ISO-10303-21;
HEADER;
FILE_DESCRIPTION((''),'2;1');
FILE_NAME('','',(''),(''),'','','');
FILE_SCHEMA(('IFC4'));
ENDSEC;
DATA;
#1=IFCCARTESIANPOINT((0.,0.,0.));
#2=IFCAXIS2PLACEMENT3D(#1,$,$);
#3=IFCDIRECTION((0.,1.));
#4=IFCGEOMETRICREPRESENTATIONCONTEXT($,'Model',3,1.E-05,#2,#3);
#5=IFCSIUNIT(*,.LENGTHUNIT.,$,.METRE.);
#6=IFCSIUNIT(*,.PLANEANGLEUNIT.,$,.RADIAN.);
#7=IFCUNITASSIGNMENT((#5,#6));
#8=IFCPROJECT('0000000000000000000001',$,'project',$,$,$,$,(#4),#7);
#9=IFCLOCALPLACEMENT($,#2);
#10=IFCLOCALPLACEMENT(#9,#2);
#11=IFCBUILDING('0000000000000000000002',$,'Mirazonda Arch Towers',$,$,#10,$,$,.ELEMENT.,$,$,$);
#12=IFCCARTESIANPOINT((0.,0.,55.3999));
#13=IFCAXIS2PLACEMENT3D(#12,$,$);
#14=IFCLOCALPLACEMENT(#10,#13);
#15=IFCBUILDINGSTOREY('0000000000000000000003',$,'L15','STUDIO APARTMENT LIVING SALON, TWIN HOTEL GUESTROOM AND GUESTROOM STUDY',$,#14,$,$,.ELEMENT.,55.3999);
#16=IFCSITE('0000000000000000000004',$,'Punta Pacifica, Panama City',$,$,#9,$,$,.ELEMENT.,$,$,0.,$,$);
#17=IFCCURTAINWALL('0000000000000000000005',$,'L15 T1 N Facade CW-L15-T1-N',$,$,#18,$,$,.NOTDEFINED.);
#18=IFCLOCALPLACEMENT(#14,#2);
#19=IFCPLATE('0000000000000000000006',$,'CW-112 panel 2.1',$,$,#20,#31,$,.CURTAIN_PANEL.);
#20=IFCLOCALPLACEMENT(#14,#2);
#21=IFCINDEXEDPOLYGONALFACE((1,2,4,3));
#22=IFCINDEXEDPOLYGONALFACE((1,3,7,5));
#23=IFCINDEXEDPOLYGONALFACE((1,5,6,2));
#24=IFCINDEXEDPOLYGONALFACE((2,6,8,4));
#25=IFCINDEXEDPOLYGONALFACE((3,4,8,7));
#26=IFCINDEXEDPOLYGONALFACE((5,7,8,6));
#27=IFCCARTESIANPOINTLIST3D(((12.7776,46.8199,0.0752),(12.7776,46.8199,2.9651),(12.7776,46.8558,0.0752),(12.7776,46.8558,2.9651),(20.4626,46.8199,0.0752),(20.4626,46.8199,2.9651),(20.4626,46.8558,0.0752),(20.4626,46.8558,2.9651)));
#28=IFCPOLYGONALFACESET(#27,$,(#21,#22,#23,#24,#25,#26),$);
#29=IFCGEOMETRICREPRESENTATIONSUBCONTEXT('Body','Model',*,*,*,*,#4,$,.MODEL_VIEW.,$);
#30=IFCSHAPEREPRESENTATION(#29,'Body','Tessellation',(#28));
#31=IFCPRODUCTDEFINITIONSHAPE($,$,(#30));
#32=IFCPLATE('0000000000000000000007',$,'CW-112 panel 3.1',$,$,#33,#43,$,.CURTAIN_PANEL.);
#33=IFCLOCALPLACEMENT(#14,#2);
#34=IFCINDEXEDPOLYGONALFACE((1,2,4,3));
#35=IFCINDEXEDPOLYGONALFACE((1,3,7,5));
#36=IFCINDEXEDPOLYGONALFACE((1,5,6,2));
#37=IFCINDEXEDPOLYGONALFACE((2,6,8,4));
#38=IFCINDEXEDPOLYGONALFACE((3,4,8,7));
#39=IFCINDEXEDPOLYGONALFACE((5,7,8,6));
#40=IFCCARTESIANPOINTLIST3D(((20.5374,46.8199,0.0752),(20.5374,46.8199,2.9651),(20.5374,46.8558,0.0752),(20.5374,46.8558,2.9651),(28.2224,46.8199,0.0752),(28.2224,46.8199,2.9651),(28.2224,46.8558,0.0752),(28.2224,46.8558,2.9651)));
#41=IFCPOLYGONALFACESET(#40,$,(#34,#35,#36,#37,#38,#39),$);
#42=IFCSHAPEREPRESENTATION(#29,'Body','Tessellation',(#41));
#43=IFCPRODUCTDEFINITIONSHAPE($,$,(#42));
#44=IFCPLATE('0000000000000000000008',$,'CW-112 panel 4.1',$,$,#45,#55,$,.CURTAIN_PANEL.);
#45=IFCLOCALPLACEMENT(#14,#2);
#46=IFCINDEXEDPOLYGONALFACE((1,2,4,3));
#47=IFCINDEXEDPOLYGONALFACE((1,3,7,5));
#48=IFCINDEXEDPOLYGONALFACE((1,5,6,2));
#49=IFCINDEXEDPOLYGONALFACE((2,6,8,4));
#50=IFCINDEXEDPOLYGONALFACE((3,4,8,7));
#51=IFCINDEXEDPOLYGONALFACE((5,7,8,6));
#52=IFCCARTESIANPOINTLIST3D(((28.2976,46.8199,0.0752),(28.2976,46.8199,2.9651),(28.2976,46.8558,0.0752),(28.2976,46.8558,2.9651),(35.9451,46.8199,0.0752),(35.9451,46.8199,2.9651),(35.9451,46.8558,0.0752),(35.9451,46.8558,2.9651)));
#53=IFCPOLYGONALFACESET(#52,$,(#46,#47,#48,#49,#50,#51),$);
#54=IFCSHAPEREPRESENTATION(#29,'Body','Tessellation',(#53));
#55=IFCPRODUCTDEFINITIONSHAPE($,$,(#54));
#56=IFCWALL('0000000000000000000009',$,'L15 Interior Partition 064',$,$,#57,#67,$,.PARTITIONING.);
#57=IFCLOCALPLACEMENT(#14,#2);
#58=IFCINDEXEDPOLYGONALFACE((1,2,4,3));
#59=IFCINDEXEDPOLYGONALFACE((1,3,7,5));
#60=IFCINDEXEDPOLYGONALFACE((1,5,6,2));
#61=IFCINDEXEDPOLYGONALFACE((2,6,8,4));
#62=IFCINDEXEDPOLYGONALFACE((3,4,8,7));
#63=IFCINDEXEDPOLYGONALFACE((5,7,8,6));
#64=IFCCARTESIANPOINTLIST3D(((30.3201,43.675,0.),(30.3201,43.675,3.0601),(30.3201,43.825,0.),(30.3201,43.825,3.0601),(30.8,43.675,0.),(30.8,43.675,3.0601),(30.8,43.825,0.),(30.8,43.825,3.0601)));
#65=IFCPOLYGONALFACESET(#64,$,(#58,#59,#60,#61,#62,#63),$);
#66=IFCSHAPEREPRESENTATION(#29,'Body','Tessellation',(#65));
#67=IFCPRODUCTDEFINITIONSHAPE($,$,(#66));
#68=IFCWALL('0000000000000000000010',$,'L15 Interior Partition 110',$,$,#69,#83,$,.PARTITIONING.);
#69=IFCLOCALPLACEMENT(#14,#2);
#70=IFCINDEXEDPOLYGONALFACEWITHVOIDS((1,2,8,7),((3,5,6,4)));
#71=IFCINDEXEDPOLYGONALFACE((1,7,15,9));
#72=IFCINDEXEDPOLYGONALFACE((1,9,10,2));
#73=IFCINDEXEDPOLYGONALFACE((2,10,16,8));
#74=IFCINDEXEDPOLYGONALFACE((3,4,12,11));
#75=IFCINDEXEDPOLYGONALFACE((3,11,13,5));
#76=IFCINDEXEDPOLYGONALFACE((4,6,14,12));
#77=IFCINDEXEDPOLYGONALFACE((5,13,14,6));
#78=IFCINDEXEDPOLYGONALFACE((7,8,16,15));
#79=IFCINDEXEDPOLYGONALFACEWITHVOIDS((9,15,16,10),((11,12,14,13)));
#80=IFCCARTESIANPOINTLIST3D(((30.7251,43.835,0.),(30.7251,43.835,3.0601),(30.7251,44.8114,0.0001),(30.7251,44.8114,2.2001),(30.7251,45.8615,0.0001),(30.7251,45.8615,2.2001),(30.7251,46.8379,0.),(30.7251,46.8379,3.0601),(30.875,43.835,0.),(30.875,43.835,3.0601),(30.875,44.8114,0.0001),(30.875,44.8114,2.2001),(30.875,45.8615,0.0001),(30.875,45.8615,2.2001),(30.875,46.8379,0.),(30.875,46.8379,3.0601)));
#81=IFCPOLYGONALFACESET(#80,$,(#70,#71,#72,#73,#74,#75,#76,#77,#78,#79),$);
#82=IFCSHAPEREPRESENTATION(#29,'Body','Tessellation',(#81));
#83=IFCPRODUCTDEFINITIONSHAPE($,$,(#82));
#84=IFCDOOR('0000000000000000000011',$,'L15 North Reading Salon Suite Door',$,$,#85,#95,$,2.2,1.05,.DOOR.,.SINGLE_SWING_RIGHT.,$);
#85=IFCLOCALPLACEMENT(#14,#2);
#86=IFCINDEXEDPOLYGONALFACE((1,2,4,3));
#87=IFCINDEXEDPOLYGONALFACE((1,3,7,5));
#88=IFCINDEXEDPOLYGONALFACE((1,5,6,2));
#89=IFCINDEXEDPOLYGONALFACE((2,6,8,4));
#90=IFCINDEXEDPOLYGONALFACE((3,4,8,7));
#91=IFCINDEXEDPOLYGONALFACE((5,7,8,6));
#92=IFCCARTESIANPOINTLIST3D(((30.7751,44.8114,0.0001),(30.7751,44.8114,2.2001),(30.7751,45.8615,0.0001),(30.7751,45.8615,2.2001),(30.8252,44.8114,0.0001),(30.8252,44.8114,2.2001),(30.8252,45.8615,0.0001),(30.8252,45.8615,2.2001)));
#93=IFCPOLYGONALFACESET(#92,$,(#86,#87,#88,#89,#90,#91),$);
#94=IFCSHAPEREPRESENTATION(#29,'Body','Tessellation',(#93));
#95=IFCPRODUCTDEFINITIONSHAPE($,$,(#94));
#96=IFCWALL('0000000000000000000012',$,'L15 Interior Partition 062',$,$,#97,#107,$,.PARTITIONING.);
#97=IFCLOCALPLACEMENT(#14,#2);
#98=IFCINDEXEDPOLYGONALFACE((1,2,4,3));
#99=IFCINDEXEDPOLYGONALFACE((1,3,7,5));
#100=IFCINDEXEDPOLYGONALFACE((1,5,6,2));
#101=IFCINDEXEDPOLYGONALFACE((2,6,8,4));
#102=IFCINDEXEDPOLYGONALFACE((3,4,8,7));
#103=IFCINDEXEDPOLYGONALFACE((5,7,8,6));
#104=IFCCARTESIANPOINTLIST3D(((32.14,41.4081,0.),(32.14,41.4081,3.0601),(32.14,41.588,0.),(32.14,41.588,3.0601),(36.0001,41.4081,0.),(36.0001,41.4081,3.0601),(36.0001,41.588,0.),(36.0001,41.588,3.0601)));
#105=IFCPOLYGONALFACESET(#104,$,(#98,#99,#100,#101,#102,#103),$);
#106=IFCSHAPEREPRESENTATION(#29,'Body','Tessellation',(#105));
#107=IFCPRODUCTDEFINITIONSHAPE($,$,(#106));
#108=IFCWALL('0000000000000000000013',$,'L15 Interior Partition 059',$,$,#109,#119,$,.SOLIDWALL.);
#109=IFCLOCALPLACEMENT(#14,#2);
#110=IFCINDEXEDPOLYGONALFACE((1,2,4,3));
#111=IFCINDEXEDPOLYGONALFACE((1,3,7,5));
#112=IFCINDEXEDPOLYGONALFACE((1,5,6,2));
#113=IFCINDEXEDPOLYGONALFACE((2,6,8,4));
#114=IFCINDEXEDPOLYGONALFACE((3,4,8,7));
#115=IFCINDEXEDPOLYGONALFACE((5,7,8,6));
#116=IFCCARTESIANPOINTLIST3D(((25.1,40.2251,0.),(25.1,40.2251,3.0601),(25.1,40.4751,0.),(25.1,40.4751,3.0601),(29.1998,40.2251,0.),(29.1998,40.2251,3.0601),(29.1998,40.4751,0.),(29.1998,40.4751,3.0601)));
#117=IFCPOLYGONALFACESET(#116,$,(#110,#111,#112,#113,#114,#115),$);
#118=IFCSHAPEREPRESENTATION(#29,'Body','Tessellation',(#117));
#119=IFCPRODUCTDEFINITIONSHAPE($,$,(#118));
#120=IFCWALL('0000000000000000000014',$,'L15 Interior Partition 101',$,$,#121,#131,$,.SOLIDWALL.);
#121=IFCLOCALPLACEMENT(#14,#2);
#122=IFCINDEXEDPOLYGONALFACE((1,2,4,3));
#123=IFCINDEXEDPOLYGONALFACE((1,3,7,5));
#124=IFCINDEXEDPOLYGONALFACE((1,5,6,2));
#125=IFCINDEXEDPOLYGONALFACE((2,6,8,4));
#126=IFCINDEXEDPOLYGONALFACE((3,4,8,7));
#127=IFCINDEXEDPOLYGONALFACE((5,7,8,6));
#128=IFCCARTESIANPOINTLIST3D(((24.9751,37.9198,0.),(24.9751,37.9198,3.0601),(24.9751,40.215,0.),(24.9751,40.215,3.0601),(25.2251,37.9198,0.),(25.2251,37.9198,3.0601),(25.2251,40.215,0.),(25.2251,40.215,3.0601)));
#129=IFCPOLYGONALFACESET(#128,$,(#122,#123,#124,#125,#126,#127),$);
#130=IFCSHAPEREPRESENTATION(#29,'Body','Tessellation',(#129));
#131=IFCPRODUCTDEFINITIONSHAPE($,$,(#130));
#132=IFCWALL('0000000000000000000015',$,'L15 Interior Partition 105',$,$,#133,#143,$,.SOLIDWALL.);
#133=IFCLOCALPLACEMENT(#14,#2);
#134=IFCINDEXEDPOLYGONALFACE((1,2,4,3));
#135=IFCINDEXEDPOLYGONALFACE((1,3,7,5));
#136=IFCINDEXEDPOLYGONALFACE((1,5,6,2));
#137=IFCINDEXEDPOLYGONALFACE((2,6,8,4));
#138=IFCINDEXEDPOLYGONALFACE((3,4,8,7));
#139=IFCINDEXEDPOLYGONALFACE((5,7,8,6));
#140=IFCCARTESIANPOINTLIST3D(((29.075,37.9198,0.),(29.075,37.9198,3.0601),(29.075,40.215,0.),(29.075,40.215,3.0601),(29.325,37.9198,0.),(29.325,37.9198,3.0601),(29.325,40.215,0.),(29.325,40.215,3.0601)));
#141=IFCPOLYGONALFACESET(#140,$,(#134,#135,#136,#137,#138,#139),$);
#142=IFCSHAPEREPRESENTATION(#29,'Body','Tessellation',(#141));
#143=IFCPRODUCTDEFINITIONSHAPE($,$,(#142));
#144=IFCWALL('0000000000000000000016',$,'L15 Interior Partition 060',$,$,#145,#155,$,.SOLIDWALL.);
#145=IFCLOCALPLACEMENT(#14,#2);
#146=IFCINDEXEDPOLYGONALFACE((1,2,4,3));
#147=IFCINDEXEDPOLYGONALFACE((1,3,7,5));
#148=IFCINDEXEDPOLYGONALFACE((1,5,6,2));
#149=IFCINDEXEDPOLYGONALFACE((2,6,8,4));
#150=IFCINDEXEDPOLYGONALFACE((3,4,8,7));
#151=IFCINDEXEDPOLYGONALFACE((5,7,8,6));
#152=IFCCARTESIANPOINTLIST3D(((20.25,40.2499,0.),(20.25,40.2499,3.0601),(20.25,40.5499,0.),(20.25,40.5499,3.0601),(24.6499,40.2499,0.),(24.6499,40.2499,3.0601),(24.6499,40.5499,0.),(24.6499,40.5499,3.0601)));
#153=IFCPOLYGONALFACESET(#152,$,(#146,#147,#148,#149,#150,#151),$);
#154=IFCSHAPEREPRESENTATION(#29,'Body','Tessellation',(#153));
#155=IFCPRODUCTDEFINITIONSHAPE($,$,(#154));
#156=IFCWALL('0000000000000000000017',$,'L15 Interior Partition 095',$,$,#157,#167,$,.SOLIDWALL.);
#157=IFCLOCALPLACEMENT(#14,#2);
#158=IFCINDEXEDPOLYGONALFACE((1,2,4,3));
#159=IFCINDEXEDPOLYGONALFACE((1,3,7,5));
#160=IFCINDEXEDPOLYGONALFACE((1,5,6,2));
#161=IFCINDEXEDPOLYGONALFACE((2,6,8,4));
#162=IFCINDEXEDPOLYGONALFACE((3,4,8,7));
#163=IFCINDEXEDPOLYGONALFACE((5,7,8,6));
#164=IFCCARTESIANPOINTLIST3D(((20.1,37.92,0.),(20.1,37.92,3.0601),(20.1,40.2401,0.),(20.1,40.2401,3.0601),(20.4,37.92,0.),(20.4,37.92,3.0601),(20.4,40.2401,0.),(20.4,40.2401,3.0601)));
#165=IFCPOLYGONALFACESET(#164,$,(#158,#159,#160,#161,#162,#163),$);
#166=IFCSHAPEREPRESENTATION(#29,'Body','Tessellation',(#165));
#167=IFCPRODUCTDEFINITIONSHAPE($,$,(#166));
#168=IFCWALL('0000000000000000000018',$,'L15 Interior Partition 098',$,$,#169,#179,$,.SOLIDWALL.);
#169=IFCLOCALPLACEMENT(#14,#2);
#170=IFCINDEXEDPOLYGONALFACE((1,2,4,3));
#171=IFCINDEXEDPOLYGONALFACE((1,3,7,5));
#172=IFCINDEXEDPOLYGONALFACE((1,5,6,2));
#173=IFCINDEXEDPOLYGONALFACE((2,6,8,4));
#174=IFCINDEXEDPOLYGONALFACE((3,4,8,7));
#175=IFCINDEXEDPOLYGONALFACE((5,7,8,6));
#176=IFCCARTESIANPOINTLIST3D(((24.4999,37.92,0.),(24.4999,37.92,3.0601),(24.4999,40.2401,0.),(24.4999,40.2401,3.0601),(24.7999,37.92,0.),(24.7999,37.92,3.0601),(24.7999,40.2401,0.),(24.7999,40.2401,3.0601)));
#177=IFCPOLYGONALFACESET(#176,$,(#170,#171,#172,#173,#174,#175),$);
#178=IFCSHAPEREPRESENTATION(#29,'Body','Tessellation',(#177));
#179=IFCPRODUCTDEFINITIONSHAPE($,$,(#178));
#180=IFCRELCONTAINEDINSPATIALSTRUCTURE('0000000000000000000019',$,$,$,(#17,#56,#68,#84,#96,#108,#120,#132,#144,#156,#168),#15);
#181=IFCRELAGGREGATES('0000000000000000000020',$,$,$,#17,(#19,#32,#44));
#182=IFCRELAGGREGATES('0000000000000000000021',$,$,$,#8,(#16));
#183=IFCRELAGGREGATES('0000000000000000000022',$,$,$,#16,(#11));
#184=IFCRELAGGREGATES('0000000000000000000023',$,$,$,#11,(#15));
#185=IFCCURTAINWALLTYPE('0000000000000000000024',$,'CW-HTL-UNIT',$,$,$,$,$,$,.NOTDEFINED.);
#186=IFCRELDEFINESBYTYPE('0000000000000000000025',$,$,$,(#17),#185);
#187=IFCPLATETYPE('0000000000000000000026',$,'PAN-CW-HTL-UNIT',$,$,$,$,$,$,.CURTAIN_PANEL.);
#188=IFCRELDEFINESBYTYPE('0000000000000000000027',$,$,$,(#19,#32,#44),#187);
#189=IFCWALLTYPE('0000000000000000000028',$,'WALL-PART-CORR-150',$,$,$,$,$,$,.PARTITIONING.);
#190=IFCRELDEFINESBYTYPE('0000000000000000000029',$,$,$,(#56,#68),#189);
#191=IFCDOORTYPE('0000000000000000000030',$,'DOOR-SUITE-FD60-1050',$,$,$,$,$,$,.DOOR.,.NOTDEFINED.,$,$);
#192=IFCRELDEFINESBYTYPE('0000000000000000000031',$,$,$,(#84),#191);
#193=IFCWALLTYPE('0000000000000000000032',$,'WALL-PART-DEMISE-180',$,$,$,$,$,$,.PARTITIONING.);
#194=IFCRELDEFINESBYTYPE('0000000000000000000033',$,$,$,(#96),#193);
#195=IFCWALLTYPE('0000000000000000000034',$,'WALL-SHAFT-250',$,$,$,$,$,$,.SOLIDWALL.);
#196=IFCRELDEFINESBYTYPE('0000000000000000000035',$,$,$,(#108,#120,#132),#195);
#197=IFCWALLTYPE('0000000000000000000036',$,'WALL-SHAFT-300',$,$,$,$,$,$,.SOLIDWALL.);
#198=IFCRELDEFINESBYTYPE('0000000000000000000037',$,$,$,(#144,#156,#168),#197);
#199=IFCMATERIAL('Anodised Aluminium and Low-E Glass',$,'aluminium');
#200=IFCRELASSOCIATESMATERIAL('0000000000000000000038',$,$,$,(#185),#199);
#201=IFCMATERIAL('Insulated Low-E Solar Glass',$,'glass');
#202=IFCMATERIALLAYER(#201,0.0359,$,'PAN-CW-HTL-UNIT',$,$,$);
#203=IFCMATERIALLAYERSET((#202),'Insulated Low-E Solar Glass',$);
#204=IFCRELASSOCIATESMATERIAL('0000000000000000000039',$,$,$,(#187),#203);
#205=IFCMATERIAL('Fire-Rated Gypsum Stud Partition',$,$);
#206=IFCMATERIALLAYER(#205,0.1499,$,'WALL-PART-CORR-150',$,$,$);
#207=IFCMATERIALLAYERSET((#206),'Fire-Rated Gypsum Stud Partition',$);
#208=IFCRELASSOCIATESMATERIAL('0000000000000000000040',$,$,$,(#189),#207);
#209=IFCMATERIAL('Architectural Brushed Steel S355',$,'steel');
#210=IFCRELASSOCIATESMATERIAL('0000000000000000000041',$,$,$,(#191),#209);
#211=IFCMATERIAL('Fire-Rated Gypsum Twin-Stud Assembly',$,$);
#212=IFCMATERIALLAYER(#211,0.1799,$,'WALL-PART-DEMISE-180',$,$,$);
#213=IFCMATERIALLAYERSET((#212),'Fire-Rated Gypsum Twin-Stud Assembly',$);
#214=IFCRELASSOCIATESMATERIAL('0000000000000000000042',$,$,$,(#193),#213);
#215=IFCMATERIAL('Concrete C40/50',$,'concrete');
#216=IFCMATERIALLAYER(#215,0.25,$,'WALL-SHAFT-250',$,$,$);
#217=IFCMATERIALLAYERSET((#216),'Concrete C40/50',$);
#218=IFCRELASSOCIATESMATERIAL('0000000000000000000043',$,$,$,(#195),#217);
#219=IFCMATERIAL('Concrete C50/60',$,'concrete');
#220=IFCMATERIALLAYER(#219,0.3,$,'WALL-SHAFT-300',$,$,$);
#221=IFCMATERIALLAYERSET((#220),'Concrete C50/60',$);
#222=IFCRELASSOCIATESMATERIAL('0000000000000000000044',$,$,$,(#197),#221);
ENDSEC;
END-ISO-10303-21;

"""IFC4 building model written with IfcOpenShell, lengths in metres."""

from ifc_helpers import new_model, si_unit, direction, frame, frame_2d, origin, origin_2d, place, context, subcontext, project, spatial, rectangle, extrude, material, layer, layer_set, type_object, element, fill, aggregate, save


model = new_model("IFC4")

# Units and contexts
model_context = context("Model", 3, precision=1e-05, world=origin(), true_north=direction((0.0, 1.0)))
body_context = subcontext(model_context, "Body", "Model", "MODEL_VIEW")
ifc_project = project(units=[si_unit("LENGTHUNIT", "METRE"), si_unit("PLANEANGLEUNIT", "RADIAN")], contexts=[model_context])

# Site, building, storey
site_placement = place(None, origin())
site = spatial("IfcSite", under=ifc_project, at=site_placement, Name="Punta Pacifica, Panama City", CompositionType="ELEMENT", RefElevation=0.0)
building_placement = place(site_placement, origin())
building = spatial("IfcBuilding", under=site, at=building_placement, Name="Mirazonda Arch Towers", CompositionType="ELEMENT")
storey_placement = place(building_placement, frame((0.0, 0.0, 55.3999)))
storey = spatial("IfcBuildingStorey", under=building, at=storey_placement, Name="L15", Description="STUDIO APARTMENT LIVING SALON, TWIN HOTEL GUESTROOM AND GUESTROOM STUDY", CompositionType="ELEMENT", Elevation=55.3999)

# Curtain wall, plates
ifc_material_1 = material(Name="Anodised Aluminium and Low-E Glass", Category="aluminium")
curtain_wall_type = type_object("IfcCurtainWallType", Name="CW-HTL-UNIT", PredefinedType="NOTDEFINED", material=ifc_material_1)
curtain_wall_placement = place(storey_placement, origin())
curtain_wall = element("IfcCurtainWall", 1, at=curtain_wall_placement, inside=storey, type_object=curtain_wall_type, Name="L15 T1 N Facade CW-L15-T1-N", PredefinedType="NOTDEFINED")
ifc_material_2 = material(Name="Insulated Low-E Solar Glass", Category="glass")
ifc_layer_1 = layer(ifc_material_2, 0.0359, Name="PAN-CW-HTL-UNIT")
ifc_layer_set_1 = layer_set([ifc_layer_1], Name="Insulated Low-E Solar Glass")
plate_type = type_object("IfcPlateType", Name="PAN-CW-HTL-UNIT", PredefinedType="CURTAIN_PANEL", material=ifc_layer_set_1)
plate_1_placement = place(storey_placement, frame((16.6201, 46.8379, 0.0752), z_axis=(0.0, 0.0, 1.0), x_axis=(1.0, 0.0, 0.0)))
plate_1 = element("IfcPlate", 2, at=plate_1_placement, type_object=plate_type, Name="CW-112 panel 2.1", PredefinedType="CURTAIN_PANEL", context=body_context, shape_type="SweptSolid", body=[
    extrude(rectangle(XDim=7.6851, YDim=0.0359, at=origin_2d()), origin(), (0.0, 0.0, 1.0), 2.8899),
])
plate_2_placement = place(storey_placement, frame((24.3799, 46.8379, 0.0752), z_axis=(0.0, 0.0, 1.0), x_axis=(1.0, 0.0, 0.0)))
plate_2 = element("IfcPlate", 3, at=plate_2_placement, type_object=plate_type, Name="CW-112 panel 3.1", PredefinedType="CURTAIN_PANEL", context=body_context, shape_type="SweptSolid", body=[
    extrude(rectangle(XDim=7.6851, YDim=0.0359, at=origin_2d()), origin(), (0.0, 0.0, 1.0), 2.8899),
])
plate_3_placement = place(storey_placement, frame((32.1213, 46.8379, 0.0752), z_axis=(0.0, 0.0, 1.0), x_axis=(1.0, 0.0, 0.0)))
plate_3 = element("IfcPlate", 4, at=plate_3_placement, type_object=plate_type, Name="CW-112 panel 4.1", PredefinedType="CURTAIN_PANEL", context=body_context, shape_type="SweptSolid", body=[
    extrude(rectangle(XDim=7.6475, YDim=0.0359, at=origin_2d()), origin(), (0.0, 0.0, 1.0), 2.8899),
])
aggregate(curtain_wall, [plate_1, plate_2, plate_3])

# Wall
ifc_material_3 = material(Name="Fire-Rated Gypsum Stud Partition")
ifc_layer_2 = layer(ifc_material_3, 0.1499, Name="WALL-PART-CORR-150")
ifc_layer_set_2 = layer_set([ifc_layer_2], Name="Fire-Rated Gypsum Stud Partition")
wall_type_1 = type_object("IfcWallType", Name="WALL-PART-CORR-150", PredefinedType="PARTITIONING", material=ifc_layer_set_2)
wall_1_placement = place(storey_placement, frame((30.3201, 43.75, 0.0), z_axis=(0.0, 0.0, 1.0), x_axis=(1.0, 0.0, 0.0)))
element("IfcWall", 5, at=wall_1_placement, inside=storey, type_object=wall_type_1, Name="L15 Interior Partition 064", PredefinedType="PARTITIONING", context=body_context, shape_type="SweptSolid", body=[
    extrude(rectangle(XDim=0.48, YDim=0.1499, at=frame_2d((0.24, 0.0))), origin(), (0.0, 0.0, 1.0), 3.0601),
])

# Wall, opening, door
wall_2_placement = place(storey_placement, frame((30.8, 43.835, 0.0), z_axis=(0.0, 0.0, 1.0), x_axis=(0.0, 1.0, 0.0)))
wall_2 = element("IfcWall", 6, at=wall_2_placement, inside=storey, type_object=wall_type_1, Name="L15 Interior Partition 110", PredefinedType="PARTITIONING", context=body_context, shape_type="SweptSolid", body=[
    extrude(rectangle(XDim=3.0029, YDim=0.1499, at=frame_2d((1.5015, 0.0))), origin(), (0.0, 0.0, 1.0), 3.0601),
])
opening_1_placement = place(wall_2_placement, frame((0.9766, 0.0, 0.0)))
opening_1 = element("IfcOpeningElement", 7, at=opening_1_placement, cuts=wall_2, PredefinedType="OPENING", context=body_context, shape_type="SweptSolid", body=[
    extrude(rectangle(XDim=1.05, YDim=2.2, at=frame_2d((0.5249, 1.1001))), frame((0.0, 0.085, 0.0), z_axis=(0.0, -1.0, 0.0), x_axis=(1.0, 0.0, 0.0)), (0.0, 0.0, 1.0), 0.1699),
])
ifc_material_4 = material(Name="Architectural Brushed Steel S355", Category="steel")
door_type_1 = type_object("IfcDoorType", Name="DOOR-SUITE-FD60-1050", OperationType="NOTDEFINED", PredefinedType="DOOR", material=ifc_material_4)
door_1_placement = place(opening_1_placement, origin())
door_1 = element("IfcDoor", 8, at=door_1_placement, inside=storey, type_object=door_type_1, Name="L15 North Reading Salon Suite Door", OperationType="SINGLE_SWING_RIGHT", OverallHeight=2.2, OverallWidth=1.05, PredefinedType="DOOR", context=body_context, shape_type="SweptSolid", body=[
    extrude(rectangle(XDim=1.05, YDim=2.2, at=frame_2d((0.5249, 1.1001))), frame((0.0, 0.0249, 0.0), z_axis=(0.0, -1.0, 0.0), x_axis=(1.0, 0.0, 0.0)), (0.0, 0.0, 1.0), 0.05),
])
fill(opening_1, door_1)

# Wall
ifc_material_5 = material(Name="Fire-Rated Gypsum Twin-Stud Assembly")
ifc_layer_3 = layer(ifc_material_5, 0.1799, Name="WALL-PART-DEMISE-180")
ifc_layer_set_3 = layer_set([ifc_layer_3], Name="Fire-Rated Gypsum Twin-Stud Assembly")
wall_type_2 = type_object("IfcWallType", Name="WALL-PART-DEMISE-180", PredefinedType="PARTITIONING", material=ifc_layer_set_3)
wall_3_placement = place(storey_placement, frame((32.1399, 41.498, 0.0), z_axis=(0.0, 0.0, 1.0), x_axis=(1.0, 0.0, 0.0)))
element("IfcWall", 9, at=wall_3_placement, inside=storey, type_object=wall_type_2, Name="L15 Interior Partition 062", PredefinedType="PARTITIONING", context=body_context, shape_type="SweptSolid", body=[
    extrude(rectangle(XDim=3.8601, YDim=0.1799, at=frame_2d((1.9302, 0.0))), origin(), (0.0, 0.0, 1.0), 3.0601),
])

# Walls
ifc_material_6 = material(Name="Concrete C40/50", Category="concrete")
ifc_layer_4 = layer(ifc_material_6, 0.25, Name="WALL-SHAFT-250")
ifc_layer_set_4 = layer_set([ifc_layer_4], Name="Concrete C40/50")
wall_type_3 = type_object("IfcWallType", Name="WALL-SHAFT-250", PredefinedType="SOLIDWALL", material=ifc_layer_set_4)
wall_4_placement = place(storey_placement, frame((25.1001, 40.3501, 0.0), z_axis=(0.0, 0.0, 1.0), x_axis=(1.0, 0.0, 0.0)))
element("IfcWall", 10, at=wall_4_placement, inside=storey, type_object=wall_type_3, Name="L15 Interior Partition 059", PredefinedType="SOLIDWALL", context=body_context, shape_type="SweptSolid", body=[
    extrude(rectangle(XDim=4.0999, YDim=0.25, at=frame_2d((2.0498, 0.0))), origin(), (0.0, 0.0, 1.0), 3.0601),
])
for number, where, z_axis, x_axis, name in (
    (11, (25.1001, 37.9199, 0.0), (0.0, 0.0, 1.0), (0.0, 1.0, 0.0), "L15 Interior Partition 101"),
    (12, (29.2, 37.9199, 0.0), (0.0, 0.0, 1.0), (0.0, 1.0, 0.0), "L15 Interior Partition 105"),
):
    element("IfcWall", number, at=place(storey_placement, frame(where, z_axis=z_axis, x_axis=x_axis)), inside=storey, type_object=wall_type_3, Name=name, PredefinedType="SOLIDWALL", context=body_context, shape_type="SweptSolid", body=[
        extrude(rectangle(XDim=2.2952, YDim=0.25, at=frame_2d((1.1475, 0.0))), origin(), (0.0, 0.0, 1.0), 3.0601),
    ])
ifc_material_7 = material(Name="Concrete C50/60", Category="concrete")
ifc_layer_5 = layer(ifc_material_7, 0.3, Name="WALL-SHAFT-300")
ifc_layer_set_5 = layer_set([ifc_layer_5], Name="Concrete C50/60")
wall_type_4 = type_object("IfcWallType", Name="WALL-SHAFT-300", PredefinedType="SOLIDWALL", material=ifc_layer_set_5)
wall_5_placement = place(storey_placement, frame((20.25, 40.3999, 0.0), z_axis=(0.0, 0.0, 1.0), x_axis=(1.0, 0.0, 0.0)))
element("IfcWall", 13, at=wall_5_placement, inside=storey, type_object=wall_type_4, Name="L15 Interior Partition 060", PredefinedType="SOLIDWALL", context=body_context, shape_type="SweptSolid", body=[
    extrude(rectangle(XDim=4.3999, YDim=0.3, at=frame_2d((2.2, 0.0))), origin(), (0.0, 0.0, 1.0), 3.0601),
])
for number, where, z_axis, x_axis, name in (
    (14, (20.25, 37.9199, 0.0), (0.0, 0.0, 1.0), (0.0, 1.0, 0.0), "L15 Interior Partition 095"),
    (15, (24.6499, 37.9199, 0.0), (0.0, 0.0, 1.0), (0.0, 1.0, 0.0), "L15 Interior Partition 098"),
):
    element("IfcWall", number, at=place(storey_placement, frame(where, z_axis=z_axis, x_axis=x_axis)), inside=storey, type_object=wall_type_4, Name=name, PredefinedType="SOLIDWALL", context=body_context, shape_type="SweptSolid", body=[
        extrude(rectangle(XDim=2.3201, YDim=0.3, at=frame_2d((1.1602, 0.0))), origin(), (0.0, 0.0, 1.0), 3.0601),
    ])

save(model, "model.ifc")
